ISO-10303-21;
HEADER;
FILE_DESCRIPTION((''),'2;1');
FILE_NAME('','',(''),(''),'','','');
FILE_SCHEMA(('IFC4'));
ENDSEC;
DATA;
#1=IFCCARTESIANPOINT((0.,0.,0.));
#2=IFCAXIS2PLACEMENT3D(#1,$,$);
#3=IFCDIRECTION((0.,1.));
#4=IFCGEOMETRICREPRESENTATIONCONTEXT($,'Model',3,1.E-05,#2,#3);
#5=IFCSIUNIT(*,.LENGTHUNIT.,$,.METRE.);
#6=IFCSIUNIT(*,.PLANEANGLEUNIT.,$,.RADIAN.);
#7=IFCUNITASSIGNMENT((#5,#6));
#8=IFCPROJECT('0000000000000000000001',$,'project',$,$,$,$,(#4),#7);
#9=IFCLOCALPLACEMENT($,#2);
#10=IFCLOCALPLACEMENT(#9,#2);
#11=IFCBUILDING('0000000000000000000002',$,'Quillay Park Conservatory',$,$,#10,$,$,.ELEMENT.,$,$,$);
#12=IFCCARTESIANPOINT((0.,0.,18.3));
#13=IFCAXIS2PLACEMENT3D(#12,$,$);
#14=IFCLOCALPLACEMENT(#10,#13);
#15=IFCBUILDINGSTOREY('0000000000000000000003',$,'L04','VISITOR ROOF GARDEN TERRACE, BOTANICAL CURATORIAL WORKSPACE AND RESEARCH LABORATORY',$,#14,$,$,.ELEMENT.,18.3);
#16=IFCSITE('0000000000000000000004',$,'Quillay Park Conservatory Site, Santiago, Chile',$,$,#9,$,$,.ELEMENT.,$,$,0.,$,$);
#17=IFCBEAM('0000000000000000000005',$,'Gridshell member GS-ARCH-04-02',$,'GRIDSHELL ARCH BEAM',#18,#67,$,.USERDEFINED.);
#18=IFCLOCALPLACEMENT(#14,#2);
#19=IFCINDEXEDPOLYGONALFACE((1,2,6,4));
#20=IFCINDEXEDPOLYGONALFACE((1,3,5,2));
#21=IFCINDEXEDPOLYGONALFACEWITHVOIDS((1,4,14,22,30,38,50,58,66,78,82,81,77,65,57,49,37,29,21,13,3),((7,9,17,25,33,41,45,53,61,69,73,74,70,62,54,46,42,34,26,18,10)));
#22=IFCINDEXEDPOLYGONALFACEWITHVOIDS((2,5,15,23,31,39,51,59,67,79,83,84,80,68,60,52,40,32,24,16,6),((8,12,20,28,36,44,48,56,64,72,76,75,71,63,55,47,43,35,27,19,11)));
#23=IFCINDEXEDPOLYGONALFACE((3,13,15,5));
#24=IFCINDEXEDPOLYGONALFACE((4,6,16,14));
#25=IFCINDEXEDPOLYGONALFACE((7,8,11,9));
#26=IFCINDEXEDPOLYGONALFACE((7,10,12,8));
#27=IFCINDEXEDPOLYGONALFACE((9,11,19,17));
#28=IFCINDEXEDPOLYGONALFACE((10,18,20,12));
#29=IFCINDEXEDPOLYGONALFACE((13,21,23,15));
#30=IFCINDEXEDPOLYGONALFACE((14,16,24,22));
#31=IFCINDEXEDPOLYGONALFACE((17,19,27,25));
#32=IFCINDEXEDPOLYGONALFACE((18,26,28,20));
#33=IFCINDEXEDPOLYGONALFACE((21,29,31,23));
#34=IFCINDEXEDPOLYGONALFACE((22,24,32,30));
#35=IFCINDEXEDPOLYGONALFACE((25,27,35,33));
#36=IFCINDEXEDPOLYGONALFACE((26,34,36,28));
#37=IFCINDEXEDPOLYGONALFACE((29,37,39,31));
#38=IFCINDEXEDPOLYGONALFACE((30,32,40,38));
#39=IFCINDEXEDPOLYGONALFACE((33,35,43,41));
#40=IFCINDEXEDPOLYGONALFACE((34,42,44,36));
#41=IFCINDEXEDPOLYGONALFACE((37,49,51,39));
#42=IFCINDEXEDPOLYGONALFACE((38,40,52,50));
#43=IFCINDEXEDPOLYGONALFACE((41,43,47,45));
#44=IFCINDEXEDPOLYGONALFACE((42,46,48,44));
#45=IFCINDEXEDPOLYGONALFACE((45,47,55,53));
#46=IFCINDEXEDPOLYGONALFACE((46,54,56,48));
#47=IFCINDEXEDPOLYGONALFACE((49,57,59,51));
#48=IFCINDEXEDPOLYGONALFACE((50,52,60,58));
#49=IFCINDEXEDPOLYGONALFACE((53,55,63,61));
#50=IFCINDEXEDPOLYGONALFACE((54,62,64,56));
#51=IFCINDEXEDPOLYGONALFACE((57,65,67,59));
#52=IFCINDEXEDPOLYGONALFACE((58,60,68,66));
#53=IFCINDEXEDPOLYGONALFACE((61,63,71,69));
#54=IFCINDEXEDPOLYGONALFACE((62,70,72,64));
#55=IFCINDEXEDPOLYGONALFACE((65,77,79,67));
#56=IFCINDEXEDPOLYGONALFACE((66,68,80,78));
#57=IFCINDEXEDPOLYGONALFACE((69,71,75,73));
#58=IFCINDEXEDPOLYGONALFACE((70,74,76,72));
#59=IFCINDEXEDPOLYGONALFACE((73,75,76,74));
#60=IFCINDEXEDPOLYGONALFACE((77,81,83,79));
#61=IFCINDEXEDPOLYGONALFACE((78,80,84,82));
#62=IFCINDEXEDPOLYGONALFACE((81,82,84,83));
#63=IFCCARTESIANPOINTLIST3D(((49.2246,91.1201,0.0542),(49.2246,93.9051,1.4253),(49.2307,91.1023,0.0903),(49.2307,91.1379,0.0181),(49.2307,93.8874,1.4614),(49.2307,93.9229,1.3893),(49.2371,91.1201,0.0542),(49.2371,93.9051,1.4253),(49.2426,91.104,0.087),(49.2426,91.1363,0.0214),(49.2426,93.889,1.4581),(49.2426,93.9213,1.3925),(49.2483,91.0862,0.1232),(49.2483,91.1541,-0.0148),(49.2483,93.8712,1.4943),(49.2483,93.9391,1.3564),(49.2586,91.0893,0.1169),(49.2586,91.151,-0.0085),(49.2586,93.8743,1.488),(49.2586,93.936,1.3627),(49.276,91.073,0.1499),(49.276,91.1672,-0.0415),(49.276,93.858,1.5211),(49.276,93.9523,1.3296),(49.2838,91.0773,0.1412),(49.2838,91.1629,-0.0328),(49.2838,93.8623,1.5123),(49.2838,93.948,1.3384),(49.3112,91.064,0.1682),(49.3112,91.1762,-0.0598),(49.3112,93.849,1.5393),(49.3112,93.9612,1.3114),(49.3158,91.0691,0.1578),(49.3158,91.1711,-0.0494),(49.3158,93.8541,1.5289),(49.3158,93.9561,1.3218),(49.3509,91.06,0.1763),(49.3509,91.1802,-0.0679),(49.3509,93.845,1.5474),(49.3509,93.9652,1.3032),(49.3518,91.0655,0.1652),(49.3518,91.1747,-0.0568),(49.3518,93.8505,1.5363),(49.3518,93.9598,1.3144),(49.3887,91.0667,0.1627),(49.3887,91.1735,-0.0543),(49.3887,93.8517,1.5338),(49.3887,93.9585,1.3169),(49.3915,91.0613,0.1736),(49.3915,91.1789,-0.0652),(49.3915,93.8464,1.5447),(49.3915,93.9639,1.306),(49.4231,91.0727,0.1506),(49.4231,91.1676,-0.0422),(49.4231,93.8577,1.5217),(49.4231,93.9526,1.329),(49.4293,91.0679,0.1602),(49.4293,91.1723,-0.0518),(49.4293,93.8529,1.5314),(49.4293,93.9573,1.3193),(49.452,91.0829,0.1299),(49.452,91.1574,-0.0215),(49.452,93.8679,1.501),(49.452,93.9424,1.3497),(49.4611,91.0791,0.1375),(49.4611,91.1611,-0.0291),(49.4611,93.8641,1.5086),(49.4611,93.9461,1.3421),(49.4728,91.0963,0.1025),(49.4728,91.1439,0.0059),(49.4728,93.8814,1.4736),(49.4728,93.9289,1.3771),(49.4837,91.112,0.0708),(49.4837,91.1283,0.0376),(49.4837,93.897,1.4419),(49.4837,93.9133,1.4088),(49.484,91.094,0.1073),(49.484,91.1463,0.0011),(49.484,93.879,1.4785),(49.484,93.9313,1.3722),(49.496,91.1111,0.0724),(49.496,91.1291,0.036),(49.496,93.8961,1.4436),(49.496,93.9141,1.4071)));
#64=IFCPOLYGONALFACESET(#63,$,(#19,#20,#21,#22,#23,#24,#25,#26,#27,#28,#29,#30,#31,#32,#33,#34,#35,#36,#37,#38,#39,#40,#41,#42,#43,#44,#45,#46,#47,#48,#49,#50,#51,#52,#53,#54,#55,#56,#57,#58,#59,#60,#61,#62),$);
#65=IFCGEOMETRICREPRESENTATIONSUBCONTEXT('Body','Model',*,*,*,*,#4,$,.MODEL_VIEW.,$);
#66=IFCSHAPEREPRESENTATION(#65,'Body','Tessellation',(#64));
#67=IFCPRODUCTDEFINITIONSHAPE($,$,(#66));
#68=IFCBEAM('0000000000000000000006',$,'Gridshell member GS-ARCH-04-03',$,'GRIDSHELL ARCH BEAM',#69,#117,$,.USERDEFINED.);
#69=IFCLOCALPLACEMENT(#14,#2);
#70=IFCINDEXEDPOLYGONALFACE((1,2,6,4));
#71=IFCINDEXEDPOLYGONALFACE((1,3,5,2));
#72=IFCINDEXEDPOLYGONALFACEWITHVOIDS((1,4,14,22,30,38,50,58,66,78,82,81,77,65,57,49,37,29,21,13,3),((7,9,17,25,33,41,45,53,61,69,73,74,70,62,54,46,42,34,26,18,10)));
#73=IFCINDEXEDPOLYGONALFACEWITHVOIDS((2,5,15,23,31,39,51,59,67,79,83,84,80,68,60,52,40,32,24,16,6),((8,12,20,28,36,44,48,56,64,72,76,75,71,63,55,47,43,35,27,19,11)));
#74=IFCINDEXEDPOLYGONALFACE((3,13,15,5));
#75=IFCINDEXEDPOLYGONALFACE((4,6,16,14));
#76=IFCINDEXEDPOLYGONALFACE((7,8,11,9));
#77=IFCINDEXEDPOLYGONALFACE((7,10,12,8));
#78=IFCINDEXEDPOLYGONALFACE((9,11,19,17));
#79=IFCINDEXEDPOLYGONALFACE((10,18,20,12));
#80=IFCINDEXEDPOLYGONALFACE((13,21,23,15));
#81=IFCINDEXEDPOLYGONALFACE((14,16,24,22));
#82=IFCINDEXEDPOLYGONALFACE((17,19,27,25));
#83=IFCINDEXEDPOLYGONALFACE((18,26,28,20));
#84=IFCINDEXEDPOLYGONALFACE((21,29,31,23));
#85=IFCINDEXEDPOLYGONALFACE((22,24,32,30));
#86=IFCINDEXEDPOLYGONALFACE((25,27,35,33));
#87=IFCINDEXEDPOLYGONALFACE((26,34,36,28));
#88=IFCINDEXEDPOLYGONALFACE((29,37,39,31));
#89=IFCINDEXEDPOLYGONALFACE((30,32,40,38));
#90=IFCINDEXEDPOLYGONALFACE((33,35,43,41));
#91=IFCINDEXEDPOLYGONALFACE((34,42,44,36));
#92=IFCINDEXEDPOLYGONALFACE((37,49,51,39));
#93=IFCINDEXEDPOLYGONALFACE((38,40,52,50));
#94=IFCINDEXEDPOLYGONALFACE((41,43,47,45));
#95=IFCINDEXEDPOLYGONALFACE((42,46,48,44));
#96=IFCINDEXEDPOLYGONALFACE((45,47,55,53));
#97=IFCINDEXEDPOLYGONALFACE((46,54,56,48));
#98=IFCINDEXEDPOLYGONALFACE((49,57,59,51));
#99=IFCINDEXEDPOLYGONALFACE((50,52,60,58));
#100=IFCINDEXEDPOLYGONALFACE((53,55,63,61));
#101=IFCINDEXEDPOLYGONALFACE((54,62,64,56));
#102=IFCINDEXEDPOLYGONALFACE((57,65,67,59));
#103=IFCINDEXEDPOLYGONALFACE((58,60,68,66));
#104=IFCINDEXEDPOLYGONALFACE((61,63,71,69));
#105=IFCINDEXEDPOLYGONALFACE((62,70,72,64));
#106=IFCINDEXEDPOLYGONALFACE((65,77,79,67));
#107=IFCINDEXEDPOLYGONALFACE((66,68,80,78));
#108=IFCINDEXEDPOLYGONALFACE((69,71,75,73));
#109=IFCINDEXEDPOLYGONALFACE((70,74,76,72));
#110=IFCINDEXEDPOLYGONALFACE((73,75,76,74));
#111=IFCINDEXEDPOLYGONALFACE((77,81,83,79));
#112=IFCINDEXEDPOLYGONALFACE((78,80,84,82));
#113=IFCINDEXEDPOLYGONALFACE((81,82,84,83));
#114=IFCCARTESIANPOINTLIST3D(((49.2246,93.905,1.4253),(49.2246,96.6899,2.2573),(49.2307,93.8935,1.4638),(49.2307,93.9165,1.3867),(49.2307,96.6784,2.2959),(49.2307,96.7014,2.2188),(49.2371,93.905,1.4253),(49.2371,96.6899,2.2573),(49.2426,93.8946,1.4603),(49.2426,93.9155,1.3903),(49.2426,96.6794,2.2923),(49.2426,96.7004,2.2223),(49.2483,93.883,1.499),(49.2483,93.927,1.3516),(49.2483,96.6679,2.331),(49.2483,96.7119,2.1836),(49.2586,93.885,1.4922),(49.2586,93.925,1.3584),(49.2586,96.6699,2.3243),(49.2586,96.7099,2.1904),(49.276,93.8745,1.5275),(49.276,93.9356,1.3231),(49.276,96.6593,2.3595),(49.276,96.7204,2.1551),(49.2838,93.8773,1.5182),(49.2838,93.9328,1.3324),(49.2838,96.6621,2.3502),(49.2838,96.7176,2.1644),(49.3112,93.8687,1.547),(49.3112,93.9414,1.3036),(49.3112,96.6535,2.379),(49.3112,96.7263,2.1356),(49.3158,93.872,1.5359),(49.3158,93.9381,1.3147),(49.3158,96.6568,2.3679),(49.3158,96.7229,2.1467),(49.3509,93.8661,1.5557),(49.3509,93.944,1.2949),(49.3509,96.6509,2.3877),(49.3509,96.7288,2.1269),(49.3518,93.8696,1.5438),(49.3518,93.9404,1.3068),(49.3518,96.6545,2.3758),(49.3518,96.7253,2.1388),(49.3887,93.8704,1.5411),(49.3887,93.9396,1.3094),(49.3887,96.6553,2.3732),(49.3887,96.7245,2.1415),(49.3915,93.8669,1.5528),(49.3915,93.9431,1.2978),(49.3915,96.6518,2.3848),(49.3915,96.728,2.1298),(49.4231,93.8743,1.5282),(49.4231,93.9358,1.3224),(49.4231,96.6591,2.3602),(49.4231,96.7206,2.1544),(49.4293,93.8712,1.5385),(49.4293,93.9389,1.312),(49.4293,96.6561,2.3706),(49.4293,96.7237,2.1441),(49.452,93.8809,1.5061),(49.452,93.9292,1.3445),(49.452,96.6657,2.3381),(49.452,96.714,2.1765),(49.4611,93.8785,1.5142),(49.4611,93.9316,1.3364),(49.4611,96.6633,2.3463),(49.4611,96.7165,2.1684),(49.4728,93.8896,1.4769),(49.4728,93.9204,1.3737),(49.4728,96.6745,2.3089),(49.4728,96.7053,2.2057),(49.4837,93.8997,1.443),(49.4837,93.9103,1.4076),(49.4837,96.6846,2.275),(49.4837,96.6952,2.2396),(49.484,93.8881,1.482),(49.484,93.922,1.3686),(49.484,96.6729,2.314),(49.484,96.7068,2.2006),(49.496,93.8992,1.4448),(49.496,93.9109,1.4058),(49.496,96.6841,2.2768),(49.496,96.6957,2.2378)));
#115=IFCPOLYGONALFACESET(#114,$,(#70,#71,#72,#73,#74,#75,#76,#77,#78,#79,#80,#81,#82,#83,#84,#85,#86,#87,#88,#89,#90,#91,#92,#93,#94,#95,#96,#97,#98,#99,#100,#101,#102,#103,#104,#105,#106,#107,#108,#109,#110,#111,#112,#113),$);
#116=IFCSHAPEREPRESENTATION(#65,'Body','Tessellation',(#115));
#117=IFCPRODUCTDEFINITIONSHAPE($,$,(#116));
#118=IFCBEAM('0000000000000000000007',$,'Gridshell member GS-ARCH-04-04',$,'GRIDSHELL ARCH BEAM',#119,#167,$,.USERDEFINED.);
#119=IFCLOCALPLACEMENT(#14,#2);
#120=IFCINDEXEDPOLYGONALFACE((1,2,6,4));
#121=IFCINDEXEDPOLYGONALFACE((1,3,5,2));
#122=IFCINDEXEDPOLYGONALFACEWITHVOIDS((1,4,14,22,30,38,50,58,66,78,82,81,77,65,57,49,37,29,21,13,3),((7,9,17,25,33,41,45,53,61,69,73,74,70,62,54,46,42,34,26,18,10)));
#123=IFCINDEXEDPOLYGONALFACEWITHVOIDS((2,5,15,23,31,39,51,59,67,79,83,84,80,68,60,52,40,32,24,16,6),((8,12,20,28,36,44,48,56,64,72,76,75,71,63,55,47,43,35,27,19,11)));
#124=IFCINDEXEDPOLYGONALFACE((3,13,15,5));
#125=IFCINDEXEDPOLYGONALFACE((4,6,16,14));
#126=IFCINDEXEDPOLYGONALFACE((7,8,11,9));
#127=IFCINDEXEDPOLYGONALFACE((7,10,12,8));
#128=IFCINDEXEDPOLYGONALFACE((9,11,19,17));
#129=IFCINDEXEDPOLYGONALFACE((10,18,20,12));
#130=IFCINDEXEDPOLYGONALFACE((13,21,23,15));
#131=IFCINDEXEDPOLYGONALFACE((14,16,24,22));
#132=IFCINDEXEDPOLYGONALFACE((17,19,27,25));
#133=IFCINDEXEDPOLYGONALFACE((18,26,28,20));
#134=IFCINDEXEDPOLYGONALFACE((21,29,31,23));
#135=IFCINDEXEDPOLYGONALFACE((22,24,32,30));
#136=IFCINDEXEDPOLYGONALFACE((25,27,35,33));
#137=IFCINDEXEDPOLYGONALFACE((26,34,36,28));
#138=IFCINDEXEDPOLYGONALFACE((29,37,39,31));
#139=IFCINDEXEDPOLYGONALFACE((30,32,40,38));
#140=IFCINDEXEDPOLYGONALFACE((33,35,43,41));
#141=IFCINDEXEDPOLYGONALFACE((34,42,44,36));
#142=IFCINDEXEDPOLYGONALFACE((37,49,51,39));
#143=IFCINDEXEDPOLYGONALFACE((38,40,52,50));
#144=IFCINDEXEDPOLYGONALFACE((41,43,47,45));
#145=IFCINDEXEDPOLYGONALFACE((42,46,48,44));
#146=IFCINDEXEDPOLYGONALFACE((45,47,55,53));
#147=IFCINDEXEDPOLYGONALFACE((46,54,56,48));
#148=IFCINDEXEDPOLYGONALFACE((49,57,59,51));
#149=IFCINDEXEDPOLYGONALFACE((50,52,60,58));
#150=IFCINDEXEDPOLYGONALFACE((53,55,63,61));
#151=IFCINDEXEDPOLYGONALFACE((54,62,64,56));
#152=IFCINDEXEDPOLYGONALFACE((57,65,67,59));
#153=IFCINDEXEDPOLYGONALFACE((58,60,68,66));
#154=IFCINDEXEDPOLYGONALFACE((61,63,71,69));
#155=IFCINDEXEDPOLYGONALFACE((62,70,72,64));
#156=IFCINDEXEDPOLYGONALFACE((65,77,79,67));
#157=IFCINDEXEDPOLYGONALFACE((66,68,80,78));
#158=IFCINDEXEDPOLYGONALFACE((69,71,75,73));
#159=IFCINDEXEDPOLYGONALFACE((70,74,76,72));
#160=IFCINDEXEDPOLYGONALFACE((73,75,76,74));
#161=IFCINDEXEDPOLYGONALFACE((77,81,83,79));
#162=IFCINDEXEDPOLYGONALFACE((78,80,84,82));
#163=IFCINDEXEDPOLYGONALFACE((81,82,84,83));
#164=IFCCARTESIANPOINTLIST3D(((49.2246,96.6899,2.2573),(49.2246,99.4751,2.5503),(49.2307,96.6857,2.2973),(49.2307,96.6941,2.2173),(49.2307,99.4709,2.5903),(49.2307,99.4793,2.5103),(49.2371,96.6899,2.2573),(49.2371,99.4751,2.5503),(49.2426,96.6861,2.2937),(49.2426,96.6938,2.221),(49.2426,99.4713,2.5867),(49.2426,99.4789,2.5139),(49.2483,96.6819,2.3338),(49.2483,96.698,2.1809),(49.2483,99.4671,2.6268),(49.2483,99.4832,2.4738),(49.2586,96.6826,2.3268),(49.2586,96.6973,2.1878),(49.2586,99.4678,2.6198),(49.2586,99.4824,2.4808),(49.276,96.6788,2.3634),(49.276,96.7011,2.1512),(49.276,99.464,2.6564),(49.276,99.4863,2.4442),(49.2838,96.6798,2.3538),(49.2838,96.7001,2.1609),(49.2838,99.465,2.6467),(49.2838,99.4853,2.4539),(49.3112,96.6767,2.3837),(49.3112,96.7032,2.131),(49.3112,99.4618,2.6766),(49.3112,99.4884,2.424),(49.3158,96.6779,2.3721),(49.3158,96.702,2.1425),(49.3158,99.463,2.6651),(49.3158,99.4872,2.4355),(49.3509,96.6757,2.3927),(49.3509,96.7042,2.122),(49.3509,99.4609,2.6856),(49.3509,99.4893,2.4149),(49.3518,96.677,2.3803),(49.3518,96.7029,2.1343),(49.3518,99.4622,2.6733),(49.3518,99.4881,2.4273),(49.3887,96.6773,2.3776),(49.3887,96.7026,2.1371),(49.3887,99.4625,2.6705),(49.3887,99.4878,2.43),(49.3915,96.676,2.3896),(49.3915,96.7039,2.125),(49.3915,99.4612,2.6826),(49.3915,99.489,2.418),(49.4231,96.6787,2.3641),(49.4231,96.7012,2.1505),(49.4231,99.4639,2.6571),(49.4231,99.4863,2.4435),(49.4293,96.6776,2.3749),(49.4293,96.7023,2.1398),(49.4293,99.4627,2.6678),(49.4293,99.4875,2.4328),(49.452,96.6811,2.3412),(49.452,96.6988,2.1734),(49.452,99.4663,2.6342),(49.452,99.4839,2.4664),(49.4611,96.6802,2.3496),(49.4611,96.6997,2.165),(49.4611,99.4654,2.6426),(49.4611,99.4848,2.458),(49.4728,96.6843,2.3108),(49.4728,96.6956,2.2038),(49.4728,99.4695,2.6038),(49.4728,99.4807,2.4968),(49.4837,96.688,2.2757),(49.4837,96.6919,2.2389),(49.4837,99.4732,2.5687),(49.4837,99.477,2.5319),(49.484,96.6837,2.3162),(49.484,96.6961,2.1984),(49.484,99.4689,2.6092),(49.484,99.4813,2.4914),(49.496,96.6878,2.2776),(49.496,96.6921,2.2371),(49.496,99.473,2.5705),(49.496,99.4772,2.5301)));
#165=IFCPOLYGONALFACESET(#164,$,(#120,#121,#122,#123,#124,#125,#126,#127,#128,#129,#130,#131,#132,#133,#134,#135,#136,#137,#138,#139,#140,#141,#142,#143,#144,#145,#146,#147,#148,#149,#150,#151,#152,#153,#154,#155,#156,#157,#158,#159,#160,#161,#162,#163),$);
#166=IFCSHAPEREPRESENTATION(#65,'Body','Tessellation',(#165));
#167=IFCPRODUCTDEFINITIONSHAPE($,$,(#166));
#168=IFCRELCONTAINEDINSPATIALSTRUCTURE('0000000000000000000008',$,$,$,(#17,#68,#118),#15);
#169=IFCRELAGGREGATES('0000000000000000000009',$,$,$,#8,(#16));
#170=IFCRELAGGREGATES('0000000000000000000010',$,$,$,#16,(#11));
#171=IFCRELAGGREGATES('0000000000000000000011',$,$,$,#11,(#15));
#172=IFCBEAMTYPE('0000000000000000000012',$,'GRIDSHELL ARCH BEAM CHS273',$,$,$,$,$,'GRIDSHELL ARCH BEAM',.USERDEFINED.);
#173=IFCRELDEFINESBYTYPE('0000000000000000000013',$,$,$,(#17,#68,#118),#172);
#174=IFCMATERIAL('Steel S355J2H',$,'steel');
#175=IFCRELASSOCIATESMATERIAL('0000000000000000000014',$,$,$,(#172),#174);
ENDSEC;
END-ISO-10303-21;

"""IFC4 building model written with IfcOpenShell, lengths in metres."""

from ifc_helpers import new_model, si_unit, direction, frame, origin, origin_2d, place, context, subcontext, project, spatial, hollow_circle, extrude, material, material_profile, profile_set, type_object, element, save


model = new_model("IFC4")

# Units and contexts
model_context = context("Model", 3, precision=1e-05, world=origin(), true_north=direction((0.0, 1.0)))
body_context = subcontext(model_context, "Body", "Model", "MODEL_VIEW")
ifc_project = project(units=[si_unit("LENGTHUNIT", "METRE"), si_unit("PLANEANGLEUNIT", "RADIAN")], contexts=[model_context])

# Site, building, storey
site_placement = place(None, origin())
site = spatial("IfcSite", under=ifc_project, at=site_placement, Name="Quillay Park Conservatory Site, Santiago, Chile", CompositionType="ELEMENT", RefElevation=0.0)
building_placement = place(site_placement, origin())
building = spatial("IfcBuilding", under=site, at=building_placement, Name="Quillay Park Conservatory", CompositionType="ELEMENT")
storey_placement = place(building_placement, frame((0.0, 0.0, 18.3)))
storey = spatial("IfcBuildingStorey", under=building, at=storey_placement, Name="L04", Description="VISITOR ROOF GARDEN TERRACE, BOTANICAL CURATORIAL WORKSPACE AND RESEARCH LABORATORY", CompositionType="ELEMENT", Elevation=18.3)

# Beams
ifc_material_1 = material(Name="Steel S355J2H", Category="steel")
ifc_material_profile_1 = material_profile(ifc_material_1, hollow_circle(Radius=0.1365, WallThickness=0.0125, at=origin_2d()), Name="CHS273x12.5")
ifc_profile_set_1 = profile_set([ifc_material_profile_1], Name="Steel S355J2H")
beam_type = type_object("IfcBeamType", Name="GRIDSHELL ARCH BEAM CHS273", ElementType="GRIDSHELL ARCH BEAM", PredefinedType="USERDEFINED", material=ifc_profile_set_1)
beam_1_placement = place(storey_placement, frame((49.3611, 91.1201, 0.0542), z_axis=(0.0, 0.897163, 0.4417), x_axis=(-1.0, 0.0, 0.0)))
element("IfcBeam", 1, at=beam_1_placement, inside=storey, type_object=beam_type, Name="Gridshell member GS-ARCH-04-02", ObjectType="GRIDSHELL ARCH BEAM", PredefinedType="USERDEFINED", context=body_context, shape_type="SweptSolid", body=[
    extrude(hollow_circle(Radius=0.1365, WallThickness=0.0125, at=origin_2d()), origin(), (0.0, 0.0, 1.0), 3.1042),
])
beam_2_placement = place(storey_placement, frame((49.3611, 93.905, 1.4253), z_axis=(0.0, 0.958152, 0.286261), x_axis=(-1.0, 0.0, 0.0)))
element("IfcBeam", 2, at=beam_2_placement, inside=storey, type_object=beam_type, Name="Gridshell member GS-ARCH-04-03", ObjectType="GRIDSHELL ARCH BEAM", PredefinedType="USERDEFINED", context=body_context, shape_type="SweptSolid", body=[
    extrude(hollow_circle(Radius=0.1365, WallThickness=0.0125, at=origin_2d()), origin(), (0.0, 0.0, 1.0), 2.9065),
])
beam_3_placement = place(storey_placement, frame((49.3611, 96.6899, 2.2573), z_axis=(0.0, 0.994513, 0.104612), x_axis=(-1.0, 0.0, 0.0)))
element("IfcBeam", 3, at=beam_3_placement, inside=storey, type_object=beam_type, Name="Gridshell member GS-ARCH-04-04", ObjectType="GRIDSHELL ARCH BEAM", PredefinedType="USERDEFINED", context=body_context, shape_type="SweptSolid", body=[
    extrude(hollow_circle(Radius=0.1365, WallThickness=0.0125, at=origin_2d()), origin(), (0.0, 0.0, 1.0), 2.8005),
])

save(model, "model.ifc")
